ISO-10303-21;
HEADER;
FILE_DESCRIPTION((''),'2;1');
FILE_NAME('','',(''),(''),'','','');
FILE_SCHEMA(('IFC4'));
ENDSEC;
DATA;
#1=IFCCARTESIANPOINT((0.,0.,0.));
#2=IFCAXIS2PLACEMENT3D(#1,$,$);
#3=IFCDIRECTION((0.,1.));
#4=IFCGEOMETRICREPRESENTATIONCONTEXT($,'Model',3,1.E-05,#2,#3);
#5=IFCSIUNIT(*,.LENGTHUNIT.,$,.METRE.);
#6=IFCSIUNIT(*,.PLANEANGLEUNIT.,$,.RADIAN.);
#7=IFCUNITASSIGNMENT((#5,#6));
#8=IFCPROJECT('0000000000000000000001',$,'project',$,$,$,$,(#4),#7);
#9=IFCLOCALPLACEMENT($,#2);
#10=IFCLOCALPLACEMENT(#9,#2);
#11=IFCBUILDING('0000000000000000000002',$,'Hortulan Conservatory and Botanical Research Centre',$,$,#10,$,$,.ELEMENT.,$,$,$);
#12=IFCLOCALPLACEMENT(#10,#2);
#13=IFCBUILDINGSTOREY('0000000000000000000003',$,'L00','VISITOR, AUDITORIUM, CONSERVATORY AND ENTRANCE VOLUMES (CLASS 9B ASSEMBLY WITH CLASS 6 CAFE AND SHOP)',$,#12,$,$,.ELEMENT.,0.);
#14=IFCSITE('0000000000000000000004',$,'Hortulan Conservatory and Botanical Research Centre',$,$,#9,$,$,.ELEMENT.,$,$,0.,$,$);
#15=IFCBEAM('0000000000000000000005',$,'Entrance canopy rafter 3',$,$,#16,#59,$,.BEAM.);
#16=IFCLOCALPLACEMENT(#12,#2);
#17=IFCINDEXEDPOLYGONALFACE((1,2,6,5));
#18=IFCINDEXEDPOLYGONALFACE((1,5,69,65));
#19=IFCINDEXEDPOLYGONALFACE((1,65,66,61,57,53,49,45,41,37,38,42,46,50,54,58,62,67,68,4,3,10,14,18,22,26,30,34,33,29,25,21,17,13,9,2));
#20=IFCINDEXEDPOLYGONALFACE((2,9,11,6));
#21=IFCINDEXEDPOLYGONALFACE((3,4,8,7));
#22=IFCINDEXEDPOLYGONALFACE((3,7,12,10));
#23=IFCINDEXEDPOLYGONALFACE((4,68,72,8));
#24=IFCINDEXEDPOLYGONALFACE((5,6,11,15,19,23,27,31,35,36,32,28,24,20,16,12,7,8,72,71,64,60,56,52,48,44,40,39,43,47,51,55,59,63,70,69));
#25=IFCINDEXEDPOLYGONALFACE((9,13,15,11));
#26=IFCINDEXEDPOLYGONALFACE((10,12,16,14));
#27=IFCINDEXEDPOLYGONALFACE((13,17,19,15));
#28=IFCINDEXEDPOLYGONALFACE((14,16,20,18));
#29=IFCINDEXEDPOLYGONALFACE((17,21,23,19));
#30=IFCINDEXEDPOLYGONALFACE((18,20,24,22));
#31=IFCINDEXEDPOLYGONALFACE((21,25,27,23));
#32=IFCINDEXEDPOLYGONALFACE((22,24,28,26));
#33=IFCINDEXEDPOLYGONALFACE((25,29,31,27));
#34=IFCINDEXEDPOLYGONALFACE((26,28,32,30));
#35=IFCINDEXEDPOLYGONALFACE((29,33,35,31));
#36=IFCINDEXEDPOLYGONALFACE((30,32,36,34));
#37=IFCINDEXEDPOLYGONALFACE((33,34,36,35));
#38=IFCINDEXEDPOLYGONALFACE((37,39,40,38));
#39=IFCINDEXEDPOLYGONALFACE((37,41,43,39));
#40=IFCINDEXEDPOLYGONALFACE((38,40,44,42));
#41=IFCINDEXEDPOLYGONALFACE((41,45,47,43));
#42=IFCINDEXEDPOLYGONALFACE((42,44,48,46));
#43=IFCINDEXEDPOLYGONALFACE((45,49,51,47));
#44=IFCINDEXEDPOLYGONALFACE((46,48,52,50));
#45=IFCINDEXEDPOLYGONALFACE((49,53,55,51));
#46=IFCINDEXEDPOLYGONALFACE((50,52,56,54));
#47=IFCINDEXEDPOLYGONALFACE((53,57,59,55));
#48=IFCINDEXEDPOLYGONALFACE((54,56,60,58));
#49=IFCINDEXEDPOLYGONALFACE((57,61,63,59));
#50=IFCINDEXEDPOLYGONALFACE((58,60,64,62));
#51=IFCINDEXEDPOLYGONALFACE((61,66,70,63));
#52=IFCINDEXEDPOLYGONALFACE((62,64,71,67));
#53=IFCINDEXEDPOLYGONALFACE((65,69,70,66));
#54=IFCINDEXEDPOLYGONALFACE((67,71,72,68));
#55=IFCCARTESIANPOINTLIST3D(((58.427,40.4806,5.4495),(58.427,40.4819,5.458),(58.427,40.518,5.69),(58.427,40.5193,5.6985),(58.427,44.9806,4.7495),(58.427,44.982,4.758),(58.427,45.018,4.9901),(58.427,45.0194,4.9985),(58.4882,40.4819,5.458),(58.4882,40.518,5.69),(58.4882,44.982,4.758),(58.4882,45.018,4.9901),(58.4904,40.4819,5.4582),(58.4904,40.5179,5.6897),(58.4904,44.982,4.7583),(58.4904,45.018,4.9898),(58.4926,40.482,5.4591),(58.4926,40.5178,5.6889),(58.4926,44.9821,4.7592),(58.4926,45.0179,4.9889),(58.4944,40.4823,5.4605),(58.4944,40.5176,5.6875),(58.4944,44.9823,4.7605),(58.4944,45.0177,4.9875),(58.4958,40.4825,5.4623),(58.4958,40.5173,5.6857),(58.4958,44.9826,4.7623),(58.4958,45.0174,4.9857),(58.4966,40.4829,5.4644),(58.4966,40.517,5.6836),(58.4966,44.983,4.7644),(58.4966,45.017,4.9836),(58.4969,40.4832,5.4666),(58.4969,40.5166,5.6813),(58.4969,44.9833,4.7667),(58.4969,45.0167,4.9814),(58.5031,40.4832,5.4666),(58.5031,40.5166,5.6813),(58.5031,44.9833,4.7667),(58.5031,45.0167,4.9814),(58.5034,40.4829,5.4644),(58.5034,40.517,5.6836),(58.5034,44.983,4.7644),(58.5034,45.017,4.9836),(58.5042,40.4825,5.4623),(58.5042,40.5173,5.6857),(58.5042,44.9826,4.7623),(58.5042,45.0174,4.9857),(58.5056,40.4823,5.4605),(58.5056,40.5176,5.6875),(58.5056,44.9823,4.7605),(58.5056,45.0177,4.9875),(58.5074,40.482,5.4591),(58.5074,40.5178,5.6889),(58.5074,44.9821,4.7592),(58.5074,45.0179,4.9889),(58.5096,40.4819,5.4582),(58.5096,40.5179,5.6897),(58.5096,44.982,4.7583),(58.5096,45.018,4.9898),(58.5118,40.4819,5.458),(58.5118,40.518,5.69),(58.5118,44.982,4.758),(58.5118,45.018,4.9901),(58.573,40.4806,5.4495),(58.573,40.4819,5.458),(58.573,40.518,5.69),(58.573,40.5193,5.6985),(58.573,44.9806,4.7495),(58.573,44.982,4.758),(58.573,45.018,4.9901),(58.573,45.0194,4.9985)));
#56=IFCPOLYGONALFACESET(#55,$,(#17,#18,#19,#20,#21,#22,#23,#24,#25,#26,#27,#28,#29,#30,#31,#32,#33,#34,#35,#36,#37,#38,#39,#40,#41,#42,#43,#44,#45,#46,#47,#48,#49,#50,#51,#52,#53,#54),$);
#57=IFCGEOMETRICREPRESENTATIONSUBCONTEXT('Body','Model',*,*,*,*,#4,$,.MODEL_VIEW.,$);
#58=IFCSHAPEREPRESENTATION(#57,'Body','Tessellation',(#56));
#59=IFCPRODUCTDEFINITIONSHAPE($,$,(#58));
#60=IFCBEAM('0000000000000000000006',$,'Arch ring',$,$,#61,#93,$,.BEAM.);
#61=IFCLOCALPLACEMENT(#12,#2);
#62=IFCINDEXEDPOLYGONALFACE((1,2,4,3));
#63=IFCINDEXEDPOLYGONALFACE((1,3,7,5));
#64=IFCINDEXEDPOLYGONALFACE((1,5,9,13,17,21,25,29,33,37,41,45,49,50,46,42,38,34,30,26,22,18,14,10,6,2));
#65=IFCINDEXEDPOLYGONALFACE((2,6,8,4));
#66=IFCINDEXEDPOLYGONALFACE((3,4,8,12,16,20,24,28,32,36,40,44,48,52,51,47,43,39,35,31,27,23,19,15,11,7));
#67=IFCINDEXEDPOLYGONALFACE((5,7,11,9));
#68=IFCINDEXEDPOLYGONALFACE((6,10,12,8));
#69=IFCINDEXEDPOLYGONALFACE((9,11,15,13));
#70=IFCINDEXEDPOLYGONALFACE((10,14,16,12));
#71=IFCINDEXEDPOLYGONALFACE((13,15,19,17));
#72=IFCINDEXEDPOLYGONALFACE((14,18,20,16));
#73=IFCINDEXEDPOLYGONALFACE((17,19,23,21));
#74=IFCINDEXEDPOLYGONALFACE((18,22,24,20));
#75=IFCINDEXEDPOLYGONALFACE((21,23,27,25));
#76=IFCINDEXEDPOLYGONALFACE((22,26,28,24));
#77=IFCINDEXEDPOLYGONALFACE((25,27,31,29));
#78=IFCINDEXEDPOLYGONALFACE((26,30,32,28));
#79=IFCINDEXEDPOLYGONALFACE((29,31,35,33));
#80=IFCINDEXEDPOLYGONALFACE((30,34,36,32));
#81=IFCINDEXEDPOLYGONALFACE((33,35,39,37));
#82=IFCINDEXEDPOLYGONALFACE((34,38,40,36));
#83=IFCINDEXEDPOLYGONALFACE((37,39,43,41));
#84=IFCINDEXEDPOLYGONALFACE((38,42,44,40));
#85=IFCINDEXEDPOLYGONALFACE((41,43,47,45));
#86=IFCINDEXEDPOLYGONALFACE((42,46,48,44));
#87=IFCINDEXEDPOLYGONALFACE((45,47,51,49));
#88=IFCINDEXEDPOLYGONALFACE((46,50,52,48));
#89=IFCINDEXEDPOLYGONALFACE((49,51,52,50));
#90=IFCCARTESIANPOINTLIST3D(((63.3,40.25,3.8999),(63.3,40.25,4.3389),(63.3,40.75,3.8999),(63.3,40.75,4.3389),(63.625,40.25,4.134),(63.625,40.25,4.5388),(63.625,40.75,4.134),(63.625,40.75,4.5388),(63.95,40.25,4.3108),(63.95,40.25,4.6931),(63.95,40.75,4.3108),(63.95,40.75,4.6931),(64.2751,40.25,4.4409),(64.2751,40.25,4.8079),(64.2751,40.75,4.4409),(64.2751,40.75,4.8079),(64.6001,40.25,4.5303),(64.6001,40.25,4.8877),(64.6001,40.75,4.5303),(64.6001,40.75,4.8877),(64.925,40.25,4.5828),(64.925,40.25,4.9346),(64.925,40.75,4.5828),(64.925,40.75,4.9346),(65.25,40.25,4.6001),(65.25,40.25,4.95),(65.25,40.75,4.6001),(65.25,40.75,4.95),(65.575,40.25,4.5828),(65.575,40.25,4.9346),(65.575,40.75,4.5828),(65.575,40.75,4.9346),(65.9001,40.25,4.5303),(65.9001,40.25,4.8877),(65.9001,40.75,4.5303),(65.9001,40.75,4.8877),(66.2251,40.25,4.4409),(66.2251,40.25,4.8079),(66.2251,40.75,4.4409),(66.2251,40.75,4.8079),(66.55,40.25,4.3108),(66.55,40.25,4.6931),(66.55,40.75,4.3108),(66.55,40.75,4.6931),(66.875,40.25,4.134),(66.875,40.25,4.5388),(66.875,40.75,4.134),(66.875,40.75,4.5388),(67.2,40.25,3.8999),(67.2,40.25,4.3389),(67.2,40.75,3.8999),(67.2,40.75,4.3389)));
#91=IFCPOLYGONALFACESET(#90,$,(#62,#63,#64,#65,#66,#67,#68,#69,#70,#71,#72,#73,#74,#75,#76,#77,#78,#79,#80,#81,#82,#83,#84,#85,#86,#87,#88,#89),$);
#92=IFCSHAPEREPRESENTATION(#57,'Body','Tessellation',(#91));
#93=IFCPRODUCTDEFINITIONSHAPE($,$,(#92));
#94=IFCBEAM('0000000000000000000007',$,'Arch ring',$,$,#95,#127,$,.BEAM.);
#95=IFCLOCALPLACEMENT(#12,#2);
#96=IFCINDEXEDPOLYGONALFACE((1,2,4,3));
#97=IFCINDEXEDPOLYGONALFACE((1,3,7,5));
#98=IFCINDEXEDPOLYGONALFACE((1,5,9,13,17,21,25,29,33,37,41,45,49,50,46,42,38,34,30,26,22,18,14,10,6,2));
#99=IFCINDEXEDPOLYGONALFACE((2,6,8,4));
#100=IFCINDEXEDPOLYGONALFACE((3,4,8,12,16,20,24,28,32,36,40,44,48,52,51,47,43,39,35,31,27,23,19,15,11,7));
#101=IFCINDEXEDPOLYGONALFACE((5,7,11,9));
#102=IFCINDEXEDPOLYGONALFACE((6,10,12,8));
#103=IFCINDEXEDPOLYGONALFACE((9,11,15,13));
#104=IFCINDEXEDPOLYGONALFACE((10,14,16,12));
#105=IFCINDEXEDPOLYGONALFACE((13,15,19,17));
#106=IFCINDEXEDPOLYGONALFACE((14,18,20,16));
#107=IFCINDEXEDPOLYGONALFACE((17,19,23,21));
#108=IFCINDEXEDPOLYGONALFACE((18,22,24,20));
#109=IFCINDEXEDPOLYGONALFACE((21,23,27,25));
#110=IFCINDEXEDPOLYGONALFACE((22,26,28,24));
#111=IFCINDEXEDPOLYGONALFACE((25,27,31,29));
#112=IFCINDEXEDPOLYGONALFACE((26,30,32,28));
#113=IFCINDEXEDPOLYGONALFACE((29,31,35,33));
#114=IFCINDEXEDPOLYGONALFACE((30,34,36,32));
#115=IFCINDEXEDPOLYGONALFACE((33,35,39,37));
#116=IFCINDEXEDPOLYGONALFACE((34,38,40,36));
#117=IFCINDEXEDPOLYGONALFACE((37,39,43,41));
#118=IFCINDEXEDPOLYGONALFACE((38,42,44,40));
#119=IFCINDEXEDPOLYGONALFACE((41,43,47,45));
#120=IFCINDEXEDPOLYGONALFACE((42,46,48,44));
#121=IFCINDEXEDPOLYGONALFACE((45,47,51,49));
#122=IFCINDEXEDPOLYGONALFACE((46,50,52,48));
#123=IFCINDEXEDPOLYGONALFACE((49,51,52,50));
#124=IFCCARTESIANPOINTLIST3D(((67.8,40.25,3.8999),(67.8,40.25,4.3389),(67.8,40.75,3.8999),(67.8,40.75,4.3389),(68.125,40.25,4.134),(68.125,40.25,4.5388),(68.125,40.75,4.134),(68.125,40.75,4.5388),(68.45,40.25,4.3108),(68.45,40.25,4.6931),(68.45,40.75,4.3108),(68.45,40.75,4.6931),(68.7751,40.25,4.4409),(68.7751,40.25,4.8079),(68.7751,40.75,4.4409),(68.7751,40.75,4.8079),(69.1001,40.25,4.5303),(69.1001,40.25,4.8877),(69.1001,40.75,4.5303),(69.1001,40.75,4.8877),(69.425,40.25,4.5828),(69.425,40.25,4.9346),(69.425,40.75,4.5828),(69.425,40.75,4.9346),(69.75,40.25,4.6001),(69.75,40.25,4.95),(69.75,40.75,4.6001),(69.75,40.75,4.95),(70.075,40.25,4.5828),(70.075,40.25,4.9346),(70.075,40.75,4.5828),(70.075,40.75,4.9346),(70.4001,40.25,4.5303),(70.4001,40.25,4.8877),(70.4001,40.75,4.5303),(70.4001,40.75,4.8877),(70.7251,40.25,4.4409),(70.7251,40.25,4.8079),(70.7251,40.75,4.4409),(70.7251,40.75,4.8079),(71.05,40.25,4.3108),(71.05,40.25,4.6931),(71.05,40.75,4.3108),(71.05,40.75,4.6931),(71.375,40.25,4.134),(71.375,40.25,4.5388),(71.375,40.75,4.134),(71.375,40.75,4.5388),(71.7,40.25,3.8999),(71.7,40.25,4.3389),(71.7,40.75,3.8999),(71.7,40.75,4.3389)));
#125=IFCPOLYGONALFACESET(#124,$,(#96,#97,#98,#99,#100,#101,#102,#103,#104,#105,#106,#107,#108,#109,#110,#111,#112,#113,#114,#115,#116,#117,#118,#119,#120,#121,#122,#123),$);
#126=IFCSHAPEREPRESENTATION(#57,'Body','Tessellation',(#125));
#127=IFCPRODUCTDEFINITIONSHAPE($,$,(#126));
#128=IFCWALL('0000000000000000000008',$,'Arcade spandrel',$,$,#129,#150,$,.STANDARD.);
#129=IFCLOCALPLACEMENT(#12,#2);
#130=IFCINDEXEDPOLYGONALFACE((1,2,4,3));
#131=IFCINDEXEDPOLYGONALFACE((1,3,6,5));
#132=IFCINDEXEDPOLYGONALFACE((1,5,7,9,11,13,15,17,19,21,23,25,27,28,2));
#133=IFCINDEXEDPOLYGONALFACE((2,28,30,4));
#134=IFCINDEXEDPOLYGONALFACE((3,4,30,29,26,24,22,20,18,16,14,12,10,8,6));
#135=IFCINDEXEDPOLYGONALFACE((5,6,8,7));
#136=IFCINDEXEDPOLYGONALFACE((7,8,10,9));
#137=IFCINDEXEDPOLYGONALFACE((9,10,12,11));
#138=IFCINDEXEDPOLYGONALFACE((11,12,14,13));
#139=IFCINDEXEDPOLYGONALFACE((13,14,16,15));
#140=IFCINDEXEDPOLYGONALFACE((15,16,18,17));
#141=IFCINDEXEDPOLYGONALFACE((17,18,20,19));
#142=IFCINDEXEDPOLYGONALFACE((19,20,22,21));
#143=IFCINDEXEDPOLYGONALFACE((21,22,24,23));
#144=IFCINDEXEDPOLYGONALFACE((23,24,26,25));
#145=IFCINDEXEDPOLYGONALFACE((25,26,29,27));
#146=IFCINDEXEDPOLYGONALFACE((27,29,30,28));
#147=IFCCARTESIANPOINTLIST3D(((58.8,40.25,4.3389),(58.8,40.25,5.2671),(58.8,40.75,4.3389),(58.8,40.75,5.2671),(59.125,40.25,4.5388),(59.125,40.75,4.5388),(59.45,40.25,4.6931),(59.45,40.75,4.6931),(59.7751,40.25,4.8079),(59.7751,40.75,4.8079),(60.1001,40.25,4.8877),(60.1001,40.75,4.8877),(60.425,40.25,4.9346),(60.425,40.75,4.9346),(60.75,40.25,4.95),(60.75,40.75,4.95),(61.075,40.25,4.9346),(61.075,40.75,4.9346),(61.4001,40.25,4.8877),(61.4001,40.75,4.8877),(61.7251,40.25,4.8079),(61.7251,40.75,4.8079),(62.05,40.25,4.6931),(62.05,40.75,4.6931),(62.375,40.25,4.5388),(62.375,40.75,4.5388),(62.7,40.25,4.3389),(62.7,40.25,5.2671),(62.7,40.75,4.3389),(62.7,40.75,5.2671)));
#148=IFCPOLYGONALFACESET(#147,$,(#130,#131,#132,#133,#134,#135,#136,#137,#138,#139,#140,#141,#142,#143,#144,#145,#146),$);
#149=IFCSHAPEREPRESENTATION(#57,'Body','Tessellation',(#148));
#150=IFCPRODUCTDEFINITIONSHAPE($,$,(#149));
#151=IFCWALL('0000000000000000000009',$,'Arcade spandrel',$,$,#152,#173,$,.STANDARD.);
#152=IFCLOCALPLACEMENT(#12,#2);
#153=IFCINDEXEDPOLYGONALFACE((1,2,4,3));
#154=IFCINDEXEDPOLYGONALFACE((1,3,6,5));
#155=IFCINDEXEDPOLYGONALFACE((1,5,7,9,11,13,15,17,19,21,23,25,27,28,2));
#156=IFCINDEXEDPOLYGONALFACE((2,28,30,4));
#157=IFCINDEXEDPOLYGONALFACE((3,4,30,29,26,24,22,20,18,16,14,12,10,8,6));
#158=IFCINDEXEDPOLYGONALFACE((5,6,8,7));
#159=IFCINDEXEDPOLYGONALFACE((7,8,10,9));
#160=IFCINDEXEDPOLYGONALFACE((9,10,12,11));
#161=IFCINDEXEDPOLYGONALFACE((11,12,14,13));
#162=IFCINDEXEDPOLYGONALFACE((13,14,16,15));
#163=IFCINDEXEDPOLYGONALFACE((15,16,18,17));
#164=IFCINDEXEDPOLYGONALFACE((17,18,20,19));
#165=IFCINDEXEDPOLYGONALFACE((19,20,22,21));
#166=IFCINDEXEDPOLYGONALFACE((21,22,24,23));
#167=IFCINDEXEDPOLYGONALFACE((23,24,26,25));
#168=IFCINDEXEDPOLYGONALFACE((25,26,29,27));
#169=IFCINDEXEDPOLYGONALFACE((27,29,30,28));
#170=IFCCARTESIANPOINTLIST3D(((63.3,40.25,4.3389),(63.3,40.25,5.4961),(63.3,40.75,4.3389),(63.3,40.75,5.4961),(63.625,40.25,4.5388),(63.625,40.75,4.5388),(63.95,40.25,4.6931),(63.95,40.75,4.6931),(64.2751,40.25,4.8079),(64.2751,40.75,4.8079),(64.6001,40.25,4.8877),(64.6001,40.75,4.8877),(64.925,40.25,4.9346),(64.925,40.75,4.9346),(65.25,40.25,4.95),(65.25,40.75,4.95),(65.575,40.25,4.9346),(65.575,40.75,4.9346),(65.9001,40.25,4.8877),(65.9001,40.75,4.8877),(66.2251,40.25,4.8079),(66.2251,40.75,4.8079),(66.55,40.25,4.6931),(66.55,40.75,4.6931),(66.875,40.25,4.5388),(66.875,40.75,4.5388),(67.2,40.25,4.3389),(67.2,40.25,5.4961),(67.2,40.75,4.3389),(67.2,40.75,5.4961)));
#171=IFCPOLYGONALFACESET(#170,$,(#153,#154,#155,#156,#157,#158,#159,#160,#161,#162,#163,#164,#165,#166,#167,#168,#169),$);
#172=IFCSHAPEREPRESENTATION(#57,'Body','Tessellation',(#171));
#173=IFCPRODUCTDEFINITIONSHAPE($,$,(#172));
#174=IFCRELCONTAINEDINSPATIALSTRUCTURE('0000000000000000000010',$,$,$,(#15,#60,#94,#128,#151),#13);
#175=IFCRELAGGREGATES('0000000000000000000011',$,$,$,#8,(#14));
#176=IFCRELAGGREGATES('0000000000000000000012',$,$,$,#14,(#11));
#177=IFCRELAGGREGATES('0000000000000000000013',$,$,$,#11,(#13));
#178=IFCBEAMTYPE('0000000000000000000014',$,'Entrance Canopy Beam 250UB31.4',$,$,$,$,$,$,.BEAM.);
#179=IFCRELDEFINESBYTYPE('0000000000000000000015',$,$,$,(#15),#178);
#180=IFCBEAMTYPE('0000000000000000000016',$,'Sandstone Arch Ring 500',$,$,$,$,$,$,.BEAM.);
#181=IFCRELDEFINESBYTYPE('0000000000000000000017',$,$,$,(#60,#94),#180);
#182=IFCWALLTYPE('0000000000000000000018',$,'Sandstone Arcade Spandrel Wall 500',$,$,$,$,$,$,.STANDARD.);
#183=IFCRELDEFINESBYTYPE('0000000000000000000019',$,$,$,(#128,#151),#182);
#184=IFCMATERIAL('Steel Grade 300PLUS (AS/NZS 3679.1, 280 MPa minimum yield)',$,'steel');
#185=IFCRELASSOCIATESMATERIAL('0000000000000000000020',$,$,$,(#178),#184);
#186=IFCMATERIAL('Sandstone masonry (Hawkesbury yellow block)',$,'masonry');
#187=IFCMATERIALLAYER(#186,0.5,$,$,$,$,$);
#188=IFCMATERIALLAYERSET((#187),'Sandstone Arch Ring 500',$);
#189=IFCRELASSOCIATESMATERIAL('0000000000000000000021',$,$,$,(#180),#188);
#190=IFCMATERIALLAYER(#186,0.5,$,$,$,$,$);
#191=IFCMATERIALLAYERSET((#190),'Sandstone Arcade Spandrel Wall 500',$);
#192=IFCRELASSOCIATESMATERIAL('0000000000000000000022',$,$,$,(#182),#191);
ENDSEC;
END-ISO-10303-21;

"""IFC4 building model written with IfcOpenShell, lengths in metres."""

from ifc_helpers import new_model, si_unit, direction, frame, origin, origin_2d, place, context, subcontext, project, spatial, polyline, i_section, outline, extrude, material, layer, layer_set, material_profile, profile_set, type_object, element, save


model = new_model("IFC4")

# Units and contexts
model_context = context("Model", 3, precision=1e-05, world=origin(), true_north=direction((0.0, 1.0)))
body_context = subcontext(model_context, "Body", "Model", "MODEL_VIEW")
ifc_project = project(units=[si_unit("LENGTHUNIT", "METRE"), si_unit("PLANEANGLEUNIT", "RADIAN")], contexts=[model_context])

# Site, building, storey
site_placement = place(None, origin())
site = spatial("IfcSite", under=ifc_project, at=site_placement, Name="Hortulan Conservatory and Botanical Research Centre", CompositionType="ELEMENT", RefElevation=0.0)
building_placement = place(site_placement, origin())
building = spatial("IfcBuilding", under=site, at=building_placement, Name="Hortulan Conservatory and Botanical Research Centre", CompositionType="ELEMENT")
storey_placement = place(building_placement, origin())
storey = spatial("IfcBuildingStorey", under=building, at=storey_placement, Name="L00", Description="VISITOR, AUDITORIUM, CONSERVATORY AND ENTRANCE VOLUMES (CLASS 9B ASSEMBLY WITH CLASS 6 CAFE AND SHOP)", CompositionType="ELEMENT", Elevation=0.0)

# Beams
ifc_material_1 = material(Name="Steel Grade 300PLUS (AS/NZS 3679.1, 280 MPa minimum yield)", Category="steel")
ifc_material_profile_1 = material_profile(ifc_material_1, i_section(OverallWidth=0.146, OverallDepth=0.252, WebThickness=0.0061, FlangeThickness=0.0085, FilletRadius=0.0088, at=origin_2d()), Name="250UB31.4")
ifc_profile_set_1 = profile_set([ifc_material_profile_1], Name="Steel Grade 300PLUS (AS/NZS 3679.1, 280 MPa minimum yield)")
beam_type_1 = type_object("IfcBeamType", Name="Entrance Canopy Beam 250UB31.4", PredefinedType="BEAM", material=ifc_profile_set_1)
beam_placement = place(storey_placement, frame((58.5, 45.0, 4.874), z_axis=(0.0, -0.988118, 0.153697), x_axis=(1.0, 0.0, 0.0)))
element("IfcBeam", 1, at=beam_placement, inside=storey, type_object=beam_type_1, Name="Entrance canopy rafter 3", PredefinedType="BEAM", context=body_context, shape_type="SweptSolid", body=[
    extrude(i_section(OverallWidth=0.146, OverallDepth=0.252, WebThickness=0.0061, FlangeThickness=0.0085, FilletRadius=0.0088, at=origin_2d()), origin(), (0.0, 0.0, 1.0), 4.5542),
])
ifc_material_2 = material(Name="Sandstone masonry (Hawkesbury yellow block)", Category="masonry")
ifc_layer_1 = layer(ifc_material_2, 0.5)
ifc_layer_set_1 = layer_set([ifc_layer_1], Name="Sandstone Arch Ring 500")
beam_type_2 = type_object("IfcBeamType", Name="Sandstone Arch Ring 500", PredefinedType="BEAM", material=ifc_layer_set_1)
for number, where, z_axis, x_axis, name in (
    (2, (63.3, 40.5, 3.8999), (0.0, 0.0, 1.0), (1.0, 0.0, 0.0), "Arch ring"),
    (3, (67.8, 40.5, 3.8999), (0.0, 0.0, 1.0), (1.0, 0.0, 0.0), "Arch ring"),
):
    element("IfcBeam", number, at=place(storey_placement, frame(where, z_axis=z_axis, x_axis=x_axis)), inside=storey, type_object=beam_type_2, Name=name, PredefinedType="BEAM", context=body_context, shape_type="SweptSolid", body=[
        extrude(outline(polyline([(0.0, 0.0), (0.325, 0.2341), (0.6499, 0.4109), (0.9751, 0.541), (1.3, 0.6304), (1.625, 0.6829), (1.95, 0.7002), (2.2749, 0.6829), (2.6001, 0.6304), (2.925, 0.541), (3.25, 0.4109), (3.575, 0.2341), (3.8999, 0.0), (3.8999, 0.439), (3.575, 0.6389), (3.25, 0.7932), (2.925, 0.908), (2.6001, 0.9878), (2.2749, 1.0347), (1.95, 1.05), (1.625, 1.0347), (1.3, 0.9878), (0.9751, 0.908), (0.6499, 0.7932), (0.325, 0.6389), (0.0, 0.439), (0.0, 0.0)])), frame((0.0, 0.25, 0.0), z_axis=(0.0, -1.0, 0.0), x_axis=(1.0, 0.0, 0.0)), (0.0, 0.0, 1.0), 0.5),
    ])

# Walls
ifc_layer_2 = layer(ifc_material_2, 0.5)
ifc_layer_set_2 = layer_set([ifc_layer_2], Name="Sandstone Arcade Spandrel Wall 500")
wall_type_1 = type_object("IfcWallType", Name="Sandstone Arcade Spandrel Wall 500", PredefinedType="STANDARD", material=ifc_layer_set_2)
wall_1_placement = place(storey_placement, frame((58.8, 40.5, 4.3389), z_axis=(0.0, 0.0, 1.0), x_axis=(1.0, 0.0, 0.0)))
element("IfcWall", 4, at=wall_1_placement, inside=storey, type_object=wall_type_1, Name="Arcade spandrel", PredefinedType="STANDARD", context=body_context, shape_type="SweptSolid", body=[
    extrude(outline(polyline([(0.0, 0.0), (0.325, 0.2), (0.6499, 0.3542), (0.9751, 0.469), (1.3, 0.5488), (1.625, 0.5957), (1.95, 0.6111), (2.2749, 0.5957), (2.6001, 0.5488), (2.925, 0.469), (3.25, 0.3542), (3.575, 0.2), (3.8999, 0.0), (3.8999, 0.9282), (0.0, 0.9282), (0.0, 0.0)])), frame((0.0, 0.25, 0.0), z_axis=(0.0, -1.0, 0.0), x_axis=(1.0, 0.0, 0.0)), (0.0, 0.0, 1.0), 0.5),
])
for number, where, z_axis, x_axis, name in (
    (5, (63.3, 40.5, 4.3389), (0.0, 0.0, 1.0), (1.0, 0.0, 0.0), "Arcade spandrel"),
):
    element("IfcWall", number, at=place(storey_placement, frame(where, z_axis=z_axis, x_axis=x_axis)), inside=storey, type_object=wall_type_1, Name=name, PredefinedType="STANDARD", context=body_context, shape_type="SweptSolid", body=[
        extrude(outline(polyline([(0.0, 0.0), (0.325, 0.2), (0.6499, 0.3542), (0.9751, 0.469), (1.3, 0.5488), (1.625, 0.5957), (1.95, 0.6111), (2.2749, 0.5957), (2.6001, 0.5488), (2.925, 0.469), (3.25, 0.3542), (3.575, 0.2), (3.8999, 0.0), (3.8999, 1.1572), (0.0, 1.1572), (0.0, 0.0)])), frame((0.0, 0.25, 0.0), z_axis=(0.0, -1.0, 0.0), x_axis=(1.0, 0.0, 0.0)), (0.0, 0.0, 1.0), 0.5),
    ])

save(model, "model.ifc")
